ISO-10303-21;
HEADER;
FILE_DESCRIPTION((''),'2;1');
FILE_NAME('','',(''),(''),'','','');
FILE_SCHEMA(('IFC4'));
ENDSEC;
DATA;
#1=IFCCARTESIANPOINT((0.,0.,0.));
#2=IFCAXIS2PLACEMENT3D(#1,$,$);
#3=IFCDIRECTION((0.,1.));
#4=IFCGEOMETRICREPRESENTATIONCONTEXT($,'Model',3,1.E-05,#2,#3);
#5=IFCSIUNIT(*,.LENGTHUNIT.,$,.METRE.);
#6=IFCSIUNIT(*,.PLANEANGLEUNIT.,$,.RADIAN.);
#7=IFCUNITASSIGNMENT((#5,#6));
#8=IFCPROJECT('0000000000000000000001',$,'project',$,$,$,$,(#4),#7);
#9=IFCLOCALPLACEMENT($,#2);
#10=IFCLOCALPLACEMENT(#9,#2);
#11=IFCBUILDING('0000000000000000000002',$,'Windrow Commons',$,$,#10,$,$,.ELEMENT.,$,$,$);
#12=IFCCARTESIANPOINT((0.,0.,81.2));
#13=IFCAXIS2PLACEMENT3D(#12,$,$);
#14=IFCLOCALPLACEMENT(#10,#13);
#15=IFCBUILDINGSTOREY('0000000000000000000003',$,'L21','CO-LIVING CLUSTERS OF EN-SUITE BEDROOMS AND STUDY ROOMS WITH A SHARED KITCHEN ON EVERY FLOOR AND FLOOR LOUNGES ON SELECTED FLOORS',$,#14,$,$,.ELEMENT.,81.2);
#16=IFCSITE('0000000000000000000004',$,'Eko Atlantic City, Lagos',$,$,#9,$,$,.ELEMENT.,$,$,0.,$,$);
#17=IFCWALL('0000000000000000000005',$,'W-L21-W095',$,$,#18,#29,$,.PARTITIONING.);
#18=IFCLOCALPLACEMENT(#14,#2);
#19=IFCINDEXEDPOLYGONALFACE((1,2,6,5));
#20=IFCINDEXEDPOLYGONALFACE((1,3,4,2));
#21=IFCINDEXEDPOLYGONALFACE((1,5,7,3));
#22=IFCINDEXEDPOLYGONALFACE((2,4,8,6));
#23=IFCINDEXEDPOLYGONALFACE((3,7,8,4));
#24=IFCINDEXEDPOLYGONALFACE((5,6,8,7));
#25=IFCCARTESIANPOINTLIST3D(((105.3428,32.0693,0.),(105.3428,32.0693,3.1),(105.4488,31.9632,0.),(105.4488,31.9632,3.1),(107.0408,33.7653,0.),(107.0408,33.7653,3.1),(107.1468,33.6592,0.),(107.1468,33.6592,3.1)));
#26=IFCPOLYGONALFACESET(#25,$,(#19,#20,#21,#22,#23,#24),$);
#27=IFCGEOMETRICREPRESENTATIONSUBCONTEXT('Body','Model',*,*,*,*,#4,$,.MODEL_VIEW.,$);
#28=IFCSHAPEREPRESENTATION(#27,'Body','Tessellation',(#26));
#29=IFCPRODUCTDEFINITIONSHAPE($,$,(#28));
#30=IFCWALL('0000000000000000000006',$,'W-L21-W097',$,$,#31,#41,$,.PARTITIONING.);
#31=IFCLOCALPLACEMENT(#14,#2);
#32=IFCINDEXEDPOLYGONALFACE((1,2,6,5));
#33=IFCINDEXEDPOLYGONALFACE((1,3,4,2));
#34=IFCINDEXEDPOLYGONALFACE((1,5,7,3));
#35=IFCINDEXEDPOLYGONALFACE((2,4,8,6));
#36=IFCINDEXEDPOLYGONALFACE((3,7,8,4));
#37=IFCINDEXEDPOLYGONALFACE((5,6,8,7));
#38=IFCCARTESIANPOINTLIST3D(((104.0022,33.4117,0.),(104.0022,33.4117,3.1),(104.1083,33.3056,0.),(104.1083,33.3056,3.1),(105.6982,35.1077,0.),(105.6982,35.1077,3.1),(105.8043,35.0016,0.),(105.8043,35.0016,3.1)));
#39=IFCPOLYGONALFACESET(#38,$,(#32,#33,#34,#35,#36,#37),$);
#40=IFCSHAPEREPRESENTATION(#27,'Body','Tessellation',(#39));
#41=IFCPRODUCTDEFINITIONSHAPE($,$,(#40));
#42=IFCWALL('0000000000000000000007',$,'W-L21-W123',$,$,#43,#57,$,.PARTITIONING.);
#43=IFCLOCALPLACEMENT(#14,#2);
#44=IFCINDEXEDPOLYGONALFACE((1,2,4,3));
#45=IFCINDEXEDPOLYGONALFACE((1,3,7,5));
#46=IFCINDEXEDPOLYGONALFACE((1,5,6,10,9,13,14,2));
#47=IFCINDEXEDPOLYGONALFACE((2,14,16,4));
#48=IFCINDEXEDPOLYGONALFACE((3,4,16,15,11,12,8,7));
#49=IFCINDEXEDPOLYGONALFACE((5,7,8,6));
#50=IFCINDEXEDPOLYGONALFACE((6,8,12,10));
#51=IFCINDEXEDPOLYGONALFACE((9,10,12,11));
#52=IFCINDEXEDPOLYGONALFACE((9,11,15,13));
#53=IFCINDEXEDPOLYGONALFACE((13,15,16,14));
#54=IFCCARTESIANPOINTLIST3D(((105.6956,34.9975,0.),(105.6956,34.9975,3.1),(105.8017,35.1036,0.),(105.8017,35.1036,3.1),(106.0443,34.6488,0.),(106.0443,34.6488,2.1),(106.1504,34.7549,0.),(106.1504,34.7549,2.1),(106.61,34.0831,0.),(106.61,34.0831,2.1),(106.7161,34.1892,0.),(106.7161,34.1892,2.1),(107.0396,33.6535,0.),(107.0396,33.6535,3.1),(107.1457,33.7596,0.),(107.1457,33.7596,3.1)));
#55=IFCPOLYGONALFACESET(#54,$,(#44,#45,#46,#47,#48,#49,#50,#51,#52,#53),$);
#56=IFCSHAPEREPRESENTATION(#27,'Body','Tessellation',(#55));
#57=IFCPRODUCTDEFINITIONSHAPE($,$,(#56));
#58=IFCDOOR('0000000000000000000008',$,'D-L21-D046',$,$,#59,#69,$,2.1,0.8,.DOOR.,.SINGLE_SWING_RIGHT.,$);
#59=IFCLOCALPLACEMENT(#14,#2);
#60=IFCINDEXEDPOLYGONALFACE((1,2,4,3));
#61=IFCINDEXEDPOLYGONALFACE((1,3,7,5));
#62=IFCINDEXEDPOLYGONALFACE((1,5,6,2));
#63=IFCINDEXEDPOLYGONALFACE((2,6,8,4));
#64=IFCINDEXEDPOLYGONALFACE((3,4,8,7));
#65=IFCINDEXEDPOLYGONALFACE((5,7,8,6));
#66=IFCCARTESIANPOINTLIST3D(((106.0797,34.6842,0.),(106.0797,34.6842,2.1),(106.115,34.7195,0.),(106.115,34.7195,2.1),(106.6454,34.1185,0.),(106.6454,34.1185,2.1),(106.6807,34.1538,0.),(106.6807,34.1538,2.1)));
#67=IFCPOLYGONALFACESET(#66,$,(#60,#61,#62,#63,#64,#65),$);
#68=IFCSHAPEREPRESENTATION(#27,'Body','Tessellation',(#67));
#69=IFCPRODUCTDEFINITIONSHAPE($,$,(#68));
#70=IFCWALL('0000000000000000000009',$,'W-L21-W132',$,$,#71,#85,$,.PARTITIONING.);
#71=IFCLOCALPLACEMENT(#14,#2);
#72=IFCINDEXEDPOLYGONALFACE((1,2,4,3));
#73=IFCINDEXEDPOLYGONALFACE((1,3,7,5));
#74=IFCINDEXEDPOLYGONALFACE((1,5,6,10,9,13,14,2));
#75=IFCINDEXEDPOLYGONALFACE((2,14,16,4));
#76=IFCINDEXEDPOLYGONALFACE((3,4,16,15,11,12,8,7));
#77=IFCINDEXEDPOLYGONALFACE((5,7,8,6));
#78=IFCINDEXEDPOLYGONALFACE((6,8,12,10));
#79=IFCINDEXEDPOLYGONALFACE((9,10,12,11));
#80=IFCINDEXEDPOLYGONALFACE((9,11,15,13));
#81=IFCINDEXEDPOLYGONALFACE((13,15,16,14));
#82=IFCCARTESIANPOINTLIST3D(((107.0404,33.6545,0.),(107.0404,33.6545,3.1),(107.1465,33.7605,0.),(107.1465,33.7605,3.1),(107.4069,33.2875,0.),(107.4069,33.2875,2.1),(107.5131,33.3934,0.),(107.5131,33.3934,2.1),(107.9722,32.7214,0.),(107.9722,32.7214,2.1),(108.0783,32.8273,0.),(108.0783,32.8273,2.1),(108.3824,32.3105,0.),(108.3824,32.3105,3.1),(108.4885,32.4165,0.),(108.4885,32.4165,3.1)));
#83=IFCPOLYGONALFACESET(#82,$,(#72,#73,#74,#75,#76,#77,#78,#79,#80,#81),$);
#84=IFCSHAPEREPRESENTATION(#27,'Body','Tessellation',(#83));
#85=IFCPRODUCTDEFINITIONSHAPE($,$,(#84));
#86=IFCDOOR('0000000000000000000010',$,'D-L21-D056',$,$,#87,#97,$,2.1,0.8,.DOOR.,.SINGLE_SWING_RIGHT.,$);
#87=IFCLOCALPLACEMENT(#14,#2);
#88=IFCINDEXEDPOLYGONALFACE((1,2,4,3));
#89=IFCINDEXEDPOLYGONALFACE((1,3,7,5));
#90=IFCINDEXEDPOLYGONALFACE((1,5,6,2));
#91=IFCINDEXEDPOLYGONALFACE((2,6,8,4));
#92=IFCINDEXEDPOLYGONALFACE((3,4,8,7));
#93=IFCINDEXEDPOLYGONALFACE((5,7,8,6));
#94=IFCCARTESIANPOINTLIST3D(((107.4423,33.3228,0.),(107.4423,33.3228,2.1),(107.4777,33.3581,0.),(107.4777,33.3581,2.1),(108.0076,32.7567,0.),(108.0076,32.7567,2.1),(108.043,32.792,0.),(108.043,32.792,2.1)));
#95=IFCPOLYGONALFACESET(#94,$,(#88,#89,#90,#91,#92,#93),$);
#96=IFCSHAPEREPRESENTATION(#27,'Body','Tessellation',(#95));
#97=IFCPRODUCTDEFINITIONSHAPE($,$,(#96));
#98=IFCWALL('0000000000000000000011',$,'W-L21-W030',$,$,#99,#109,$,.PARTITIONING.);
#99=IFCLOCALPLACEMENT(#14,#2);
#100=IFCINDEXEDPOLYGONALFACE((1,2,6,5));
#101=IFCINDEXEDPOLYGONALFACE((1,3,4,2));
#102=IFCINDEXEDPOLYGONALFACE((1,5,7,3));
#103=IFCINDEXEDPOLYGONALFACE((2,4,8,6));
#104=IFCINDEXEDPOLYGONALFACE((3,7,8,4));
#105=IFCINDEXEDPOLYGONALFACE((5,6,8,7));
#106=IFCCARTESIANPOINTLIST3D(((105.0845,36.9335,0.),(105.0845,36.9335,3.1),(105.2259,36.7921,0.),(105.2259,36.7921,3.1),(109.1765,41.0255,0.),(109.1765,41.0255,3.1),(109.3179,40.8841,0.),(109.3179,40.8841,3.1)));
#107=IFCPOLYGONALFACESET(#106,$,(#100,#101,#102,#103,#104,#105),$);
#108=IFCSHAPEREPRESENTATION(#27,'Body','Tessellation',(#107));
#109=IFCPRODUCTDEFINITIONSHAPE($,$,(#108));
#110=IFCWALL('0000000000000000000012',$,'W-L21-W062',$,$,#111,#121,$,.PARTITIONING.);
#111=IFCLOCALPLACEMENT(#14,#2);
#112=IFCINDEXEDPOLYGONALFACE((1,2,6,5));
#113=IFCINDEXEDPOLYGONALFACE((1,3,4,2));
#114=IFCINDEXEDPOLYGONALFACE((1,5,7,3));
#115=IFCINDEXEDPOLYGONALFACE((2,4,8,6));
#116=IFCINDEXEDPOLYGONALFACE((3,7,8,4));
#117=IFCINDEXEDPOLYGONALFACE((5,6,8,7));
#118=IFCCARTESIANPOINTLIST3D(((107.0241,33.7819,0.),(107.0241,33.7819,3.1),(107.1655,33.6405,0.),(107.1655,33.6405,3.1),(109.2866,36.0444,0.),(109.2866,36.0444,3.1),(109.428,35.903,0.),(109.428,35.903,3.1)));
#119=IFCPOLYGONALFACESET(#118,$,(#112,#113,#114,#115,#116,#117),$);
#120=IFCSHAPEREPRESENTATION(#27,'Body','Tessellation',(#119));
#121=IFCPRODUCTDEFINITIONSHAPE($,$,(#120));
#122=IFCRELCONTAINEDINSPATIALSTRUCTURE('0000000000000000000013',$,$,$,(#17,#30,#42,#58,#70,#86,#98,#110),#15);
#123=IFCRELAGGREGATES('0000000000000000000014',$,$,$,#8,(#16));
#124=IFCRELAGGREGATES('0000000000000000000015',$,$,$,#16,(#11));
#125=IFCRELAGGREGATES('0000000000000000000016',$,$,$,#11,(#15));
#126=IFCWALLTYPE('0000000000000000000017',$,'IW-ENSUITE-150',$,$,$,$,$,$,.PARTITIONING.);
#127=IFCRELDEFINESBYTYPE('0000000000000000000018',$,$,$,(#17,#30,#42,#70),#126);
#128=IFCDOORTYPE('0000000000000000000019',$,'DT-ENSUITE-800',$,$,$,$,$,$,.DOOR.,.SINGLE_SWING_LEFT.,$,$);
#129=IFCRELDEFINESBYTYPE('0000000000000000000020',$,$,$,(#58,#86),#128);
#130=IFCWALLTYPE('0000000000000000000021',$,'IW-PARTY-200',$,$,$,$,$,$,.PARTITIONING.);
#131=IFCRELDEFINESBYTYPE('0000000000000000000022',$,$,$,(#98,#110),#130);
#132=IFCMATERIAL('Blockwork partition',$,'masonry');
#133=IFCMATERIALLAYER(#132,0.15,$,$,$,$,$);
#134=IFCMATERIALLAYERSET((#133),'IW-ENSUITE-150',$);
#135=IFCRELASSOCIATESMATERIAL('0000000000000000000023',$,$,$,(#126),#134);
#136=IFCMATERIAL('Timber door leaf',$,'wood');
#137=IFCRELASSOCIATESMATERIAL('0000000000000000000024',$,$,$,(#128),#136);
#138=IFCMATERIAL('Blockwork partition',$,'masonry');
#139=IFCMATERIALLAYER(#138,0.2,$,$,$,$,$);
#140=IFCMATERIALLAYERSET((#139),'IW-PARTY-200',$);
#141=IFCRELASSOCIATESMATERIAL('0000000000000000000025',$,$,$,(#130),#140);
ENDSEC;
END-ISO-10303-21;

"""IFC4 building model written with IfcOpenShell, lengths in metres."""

from ifc_helpers import new_model, si_unit, direction, frame, frame_2d, origin, place, context, subcontext, project, spatial, rectangle, extrude, material, layer, layer_set, type_object, element, fill, save


model = new_model("IFC4")

# Units and contexts
model_context = context("Model", 3, precision=1e-05, world=origin(), true_north=direction((0.0, 1.0)))
body_context = subcontext(model_context, "Body", "Model", "MODEL_VIEW")
ifc_project = project(units=[si_unit("LENGTHUNIT", "METRE"), si_unit("PLANEANGLEUNIT", "RADIAN")], contexts=[model_context])

# Site, building, storey
site_placement = place(None, origin())
site = spatial("IfcSite", under=ifc_project, at=site_placement, Name="Eko Atlantic City, Lagos", CompositionType="ELEMENT", RefElevation=0.0)
building_placement = place(site_placement, origin())
building = spatial("IfcBuilding", under=site, at=building_placement, Name="Windrow Commons", CompositionType="ELEMENT")
storey_placement = place(building_placement, frame((0.0, 0.0, 81.2)))
storey = spatial("IfcBuildingStorey", under=building, at=storey_placement, Name="L21", Description="CO-LIVING CLUSTERS OF EN-SUITE BEDROOMS AND STUDY ROOMS WITH A SHARED KITCHEN ON EVERY FLOOR AND FLOOR LOUNGES ON SELECTED FLOORS", CompositionType="ELEMENT", Elevation=81.2)

# Walls
ifc_material_1 = material(Name="Blockwork partition", Category="masonry")
ifc_layer_1 = layer(ifc_material_1, 0.15)
ifc_layer_set_1 = layer_set([ifc_layer_1], Name="IW-ENSUITE-150")
wall_type_1 = type_object("IfcWallType", Name="IW-ENSUITE-150", PredefinedType="PARTITIONING", material=ifc_layer_set_1)
wall_1_placement = place(storey_placement, frame((105.3958, 32.0162, 0.0), z_axis=(0.0, 0.0, 1.0), x_axis=(0.707523, 0.70669, 0.0)))
element("IfcWall", 1, at=wall_1_placement, inside=storey, type_object=wall_type_1, Name="W-L21-W095", PredefinedType="PARTITIONING", context=body_context, shape_type="SweptSolid", body=[
    extrude(rectangle(XDim=2.3999, YDim=0.15, at=frame_2d((1.2, 0.0))), origin(), (0.0, 0.0, 1.0), 3.1),
])
wall_2_placement = place(storey_placement, frame((104.0553, 33.3587, 0.0), z_axis=(0.0, 0.0, 1.0), x_axis=(0.707107, 0.707107, 0.0)))
element("IfcWall", 2, at=wall_2_placement, inside=storey, type_object=wall_type_1, Name="W-L21-W097", PredefinedType="PARTITIONING", context=body_context, shape_type="SweptSolid", body=[
    extrude(rectangle(XDim=2.3985, YDim=0.15, at=frame_2d((1.1992, 0.0))), origin(), (0.0, 0.0, 1.0), 3.1),
])

# Walls, openings, doors
wall_3_placement = place(storey_placement, frame((105.7486, 35.0506, 0.0), z_axis=(0.0, 0.0, 1.0), x_axis=(0.707107, -0.707107, 0.0)))
wall_3 = element("IfcWall", 3, at=wall_3_placement, inside=storey, type_object=wall_type_1, Name="W-L21-W123", PredefinedType="PARTITIONING", context=body_context, shape_type="SweptSolid", body=[
    extrude(rectangle(XDim=1.9007, YDim=0.15, at=frame_2d((0.9504, 0.0))), origin(), (0.0, 0.0, 1.0), 3.1),
])
opening_1_placement = place(wall_3_placement, frame((0.4932, 0.0, 0.0)))
opening_1 = element("IfcOpeningElement", 4, at=opening_1_placement, cuts=wall_3, PredefinedType="OPENING", context=body_context, shape_type="SweptSolid", body=[
    extrude(rectangle(XDim=0.8, YDim=2.1, at=frame_2d((0.4, 1.05))), frame((0.0, 0.085, 0.0), z_axis=(0.0, -1.0, 0.0), x_axis=(1.0, 0.0, 0.0)), (0.0, 0.0, 1.0), 0.17),
])
ifc_material_2 = material(Name="Timber door leaf", Category="wood")
door_type_1 = type_object("IfcDoorType", Name="DT-ENSUITE-800", OperationType="SINGLE_SWING_LEFT", PredefinedType="DOOR", material=ifc_material_2)
door_1_placement = place(opening_1_placement, origin())
door_1 = element("IfcDoor", 5, at=door_1_placement, inside=storey, type_object=door_type_1, Name="D-L21-D046", OperationType="SINGLE_SWING_RIGHT", OverallHeight=2.1, OverallWidth=0.8, PredefinedType="DOOR", context=body_context, shape_type="SweptSolid", body=[
    extrude(rectangle(XDim=0.8, YDim=2.1, at=frame_2d((0.4, 1.05))), frame((0.0, 0.025, 0.0), z_axis=(0.0, -1.0, 0.0), x_axis=(1.0, 0.0, 0.0)), (0.0, 0.0, 1.0), 0.05),
])
fill(opening_1, door_1)
wall_4_placement = place(storey_placement, frame((107.0935, 33.7075, 0.0), z_axis=(0.0, 0.0, 1.0), x_axis=(0.70658, -0.707633, 0.0)))
wall_4 = element("IfcWall", 6, at=wall_4_placement, inside=storey, type_object=wall_type_1, Name="W-L21-W132", PredefinedType="PARTITIONING", context=body_context, shape_type="SweptSolid", body=[
    extrude(rectangle(XDim=1.8993, YDim=0.15, at=frame_2d((0.9496, 0.0))), origin(), (0.0, 0.0, 1.0), 3.1),
])
opening_2_placement = place(wall_4_placement, frame((0.5187, 0.0, 0.0)))
opening_2 = element("IfcOpeningElement", 7, at=opening_2_placement, cuts=wall_4, PredefinedType="OPENING", context=body_context, shape_type="SweptSolid", body=[
    extrude(rectangle(XDim=0.8, YDim=2.1, at=frame_2d((0.4, 1.05))), frame((0.0, 0.085, 0.0), z_axis=(0.0, -1.0, 0.0), x_axis=(1.0, 0.0, 0.0)), (0.0, 0.0, 1.0), 0.17),
])
door_2_placement = place(opening_2_placement, origin())
door_2 = element("IfcDoor", 8, at=door_2_placement, inside=storey, type_object=door_type_1, Name="D-L21-D056", OperationType="SINGLE_SWING_RIGHT", OverallHeight=2.1, OverallWidth=0.8, PredefinedType="DOOR", context=body_context, shape_type="SweptSolid", body=[
    extrude(rectangle(XDim=0.8, YDim=2.1, at=frame_2d((0.4, 1.05))), frame((0.0, 0.025, 0.0), z_axis=(0.0, -1.0, 0.0), x_axis=(1.0, 0.0, 0.0)), (0.0, 0.0, 1.0), 0.05),
])
fill(opening_2, door_2)

# Walls
ifc_material_3 = material(Name="Blockwork partition", Category="masonry")
ifc_layer_2 = layer(ifc_material_3, 0.2)
ifc_layer_set_2 = layer_set([ifc_layer_2], Name="IW-PARTY-200")
wall_type_2 = type_object("IfcWallType", Name="IW-PARTY-200", PredefinedType="PARTITIONING", material=ifc_layer_set_2)
wall_5_placement = place(storey_placement, frame((105.1552, 36.8628, 0.0), z_axis=(0.0, 0.0, 1.0), x_axis=(0.707107, 0.707107, 0.0)))
element("IfcWall", 9, at=wall_5_placement, inside=storey, type_object=wall_type_2, Name="W-L21-W030", PredefinedType="PARTITIONING", context=body_context, shape_type="SweptSolid", body=[
    extrude(rectangle(XDim=5.787, YDim=0.2, at=frame_2d((2.8935, 0.0))), origin(), (0.0, 0.0, 1.0), 3.1),
])
wall_6_placement = place(storey_placement, frame((107.0948, 33.7112, 0.0), z_axis=(0.0, 0.0, 1.0), x_axis=(0.707107, 0.707107, 0.0)))
element("IfcWall", 10, at=wall_6_placement, inside=storey, type_object=wall_type_2, Name="W-L21-W062", PredefinedType="PARTITIONING", context=body_context, shape_type="SweptSolid", body=[
    extrude(rectangle(XDim=3.1997, YDim=0.2, at=frame_2d((1.5998, 0.0))), origin(), (0.0, 0.0, 1.0), 3.1),
])

save(model, "model.ifc")
